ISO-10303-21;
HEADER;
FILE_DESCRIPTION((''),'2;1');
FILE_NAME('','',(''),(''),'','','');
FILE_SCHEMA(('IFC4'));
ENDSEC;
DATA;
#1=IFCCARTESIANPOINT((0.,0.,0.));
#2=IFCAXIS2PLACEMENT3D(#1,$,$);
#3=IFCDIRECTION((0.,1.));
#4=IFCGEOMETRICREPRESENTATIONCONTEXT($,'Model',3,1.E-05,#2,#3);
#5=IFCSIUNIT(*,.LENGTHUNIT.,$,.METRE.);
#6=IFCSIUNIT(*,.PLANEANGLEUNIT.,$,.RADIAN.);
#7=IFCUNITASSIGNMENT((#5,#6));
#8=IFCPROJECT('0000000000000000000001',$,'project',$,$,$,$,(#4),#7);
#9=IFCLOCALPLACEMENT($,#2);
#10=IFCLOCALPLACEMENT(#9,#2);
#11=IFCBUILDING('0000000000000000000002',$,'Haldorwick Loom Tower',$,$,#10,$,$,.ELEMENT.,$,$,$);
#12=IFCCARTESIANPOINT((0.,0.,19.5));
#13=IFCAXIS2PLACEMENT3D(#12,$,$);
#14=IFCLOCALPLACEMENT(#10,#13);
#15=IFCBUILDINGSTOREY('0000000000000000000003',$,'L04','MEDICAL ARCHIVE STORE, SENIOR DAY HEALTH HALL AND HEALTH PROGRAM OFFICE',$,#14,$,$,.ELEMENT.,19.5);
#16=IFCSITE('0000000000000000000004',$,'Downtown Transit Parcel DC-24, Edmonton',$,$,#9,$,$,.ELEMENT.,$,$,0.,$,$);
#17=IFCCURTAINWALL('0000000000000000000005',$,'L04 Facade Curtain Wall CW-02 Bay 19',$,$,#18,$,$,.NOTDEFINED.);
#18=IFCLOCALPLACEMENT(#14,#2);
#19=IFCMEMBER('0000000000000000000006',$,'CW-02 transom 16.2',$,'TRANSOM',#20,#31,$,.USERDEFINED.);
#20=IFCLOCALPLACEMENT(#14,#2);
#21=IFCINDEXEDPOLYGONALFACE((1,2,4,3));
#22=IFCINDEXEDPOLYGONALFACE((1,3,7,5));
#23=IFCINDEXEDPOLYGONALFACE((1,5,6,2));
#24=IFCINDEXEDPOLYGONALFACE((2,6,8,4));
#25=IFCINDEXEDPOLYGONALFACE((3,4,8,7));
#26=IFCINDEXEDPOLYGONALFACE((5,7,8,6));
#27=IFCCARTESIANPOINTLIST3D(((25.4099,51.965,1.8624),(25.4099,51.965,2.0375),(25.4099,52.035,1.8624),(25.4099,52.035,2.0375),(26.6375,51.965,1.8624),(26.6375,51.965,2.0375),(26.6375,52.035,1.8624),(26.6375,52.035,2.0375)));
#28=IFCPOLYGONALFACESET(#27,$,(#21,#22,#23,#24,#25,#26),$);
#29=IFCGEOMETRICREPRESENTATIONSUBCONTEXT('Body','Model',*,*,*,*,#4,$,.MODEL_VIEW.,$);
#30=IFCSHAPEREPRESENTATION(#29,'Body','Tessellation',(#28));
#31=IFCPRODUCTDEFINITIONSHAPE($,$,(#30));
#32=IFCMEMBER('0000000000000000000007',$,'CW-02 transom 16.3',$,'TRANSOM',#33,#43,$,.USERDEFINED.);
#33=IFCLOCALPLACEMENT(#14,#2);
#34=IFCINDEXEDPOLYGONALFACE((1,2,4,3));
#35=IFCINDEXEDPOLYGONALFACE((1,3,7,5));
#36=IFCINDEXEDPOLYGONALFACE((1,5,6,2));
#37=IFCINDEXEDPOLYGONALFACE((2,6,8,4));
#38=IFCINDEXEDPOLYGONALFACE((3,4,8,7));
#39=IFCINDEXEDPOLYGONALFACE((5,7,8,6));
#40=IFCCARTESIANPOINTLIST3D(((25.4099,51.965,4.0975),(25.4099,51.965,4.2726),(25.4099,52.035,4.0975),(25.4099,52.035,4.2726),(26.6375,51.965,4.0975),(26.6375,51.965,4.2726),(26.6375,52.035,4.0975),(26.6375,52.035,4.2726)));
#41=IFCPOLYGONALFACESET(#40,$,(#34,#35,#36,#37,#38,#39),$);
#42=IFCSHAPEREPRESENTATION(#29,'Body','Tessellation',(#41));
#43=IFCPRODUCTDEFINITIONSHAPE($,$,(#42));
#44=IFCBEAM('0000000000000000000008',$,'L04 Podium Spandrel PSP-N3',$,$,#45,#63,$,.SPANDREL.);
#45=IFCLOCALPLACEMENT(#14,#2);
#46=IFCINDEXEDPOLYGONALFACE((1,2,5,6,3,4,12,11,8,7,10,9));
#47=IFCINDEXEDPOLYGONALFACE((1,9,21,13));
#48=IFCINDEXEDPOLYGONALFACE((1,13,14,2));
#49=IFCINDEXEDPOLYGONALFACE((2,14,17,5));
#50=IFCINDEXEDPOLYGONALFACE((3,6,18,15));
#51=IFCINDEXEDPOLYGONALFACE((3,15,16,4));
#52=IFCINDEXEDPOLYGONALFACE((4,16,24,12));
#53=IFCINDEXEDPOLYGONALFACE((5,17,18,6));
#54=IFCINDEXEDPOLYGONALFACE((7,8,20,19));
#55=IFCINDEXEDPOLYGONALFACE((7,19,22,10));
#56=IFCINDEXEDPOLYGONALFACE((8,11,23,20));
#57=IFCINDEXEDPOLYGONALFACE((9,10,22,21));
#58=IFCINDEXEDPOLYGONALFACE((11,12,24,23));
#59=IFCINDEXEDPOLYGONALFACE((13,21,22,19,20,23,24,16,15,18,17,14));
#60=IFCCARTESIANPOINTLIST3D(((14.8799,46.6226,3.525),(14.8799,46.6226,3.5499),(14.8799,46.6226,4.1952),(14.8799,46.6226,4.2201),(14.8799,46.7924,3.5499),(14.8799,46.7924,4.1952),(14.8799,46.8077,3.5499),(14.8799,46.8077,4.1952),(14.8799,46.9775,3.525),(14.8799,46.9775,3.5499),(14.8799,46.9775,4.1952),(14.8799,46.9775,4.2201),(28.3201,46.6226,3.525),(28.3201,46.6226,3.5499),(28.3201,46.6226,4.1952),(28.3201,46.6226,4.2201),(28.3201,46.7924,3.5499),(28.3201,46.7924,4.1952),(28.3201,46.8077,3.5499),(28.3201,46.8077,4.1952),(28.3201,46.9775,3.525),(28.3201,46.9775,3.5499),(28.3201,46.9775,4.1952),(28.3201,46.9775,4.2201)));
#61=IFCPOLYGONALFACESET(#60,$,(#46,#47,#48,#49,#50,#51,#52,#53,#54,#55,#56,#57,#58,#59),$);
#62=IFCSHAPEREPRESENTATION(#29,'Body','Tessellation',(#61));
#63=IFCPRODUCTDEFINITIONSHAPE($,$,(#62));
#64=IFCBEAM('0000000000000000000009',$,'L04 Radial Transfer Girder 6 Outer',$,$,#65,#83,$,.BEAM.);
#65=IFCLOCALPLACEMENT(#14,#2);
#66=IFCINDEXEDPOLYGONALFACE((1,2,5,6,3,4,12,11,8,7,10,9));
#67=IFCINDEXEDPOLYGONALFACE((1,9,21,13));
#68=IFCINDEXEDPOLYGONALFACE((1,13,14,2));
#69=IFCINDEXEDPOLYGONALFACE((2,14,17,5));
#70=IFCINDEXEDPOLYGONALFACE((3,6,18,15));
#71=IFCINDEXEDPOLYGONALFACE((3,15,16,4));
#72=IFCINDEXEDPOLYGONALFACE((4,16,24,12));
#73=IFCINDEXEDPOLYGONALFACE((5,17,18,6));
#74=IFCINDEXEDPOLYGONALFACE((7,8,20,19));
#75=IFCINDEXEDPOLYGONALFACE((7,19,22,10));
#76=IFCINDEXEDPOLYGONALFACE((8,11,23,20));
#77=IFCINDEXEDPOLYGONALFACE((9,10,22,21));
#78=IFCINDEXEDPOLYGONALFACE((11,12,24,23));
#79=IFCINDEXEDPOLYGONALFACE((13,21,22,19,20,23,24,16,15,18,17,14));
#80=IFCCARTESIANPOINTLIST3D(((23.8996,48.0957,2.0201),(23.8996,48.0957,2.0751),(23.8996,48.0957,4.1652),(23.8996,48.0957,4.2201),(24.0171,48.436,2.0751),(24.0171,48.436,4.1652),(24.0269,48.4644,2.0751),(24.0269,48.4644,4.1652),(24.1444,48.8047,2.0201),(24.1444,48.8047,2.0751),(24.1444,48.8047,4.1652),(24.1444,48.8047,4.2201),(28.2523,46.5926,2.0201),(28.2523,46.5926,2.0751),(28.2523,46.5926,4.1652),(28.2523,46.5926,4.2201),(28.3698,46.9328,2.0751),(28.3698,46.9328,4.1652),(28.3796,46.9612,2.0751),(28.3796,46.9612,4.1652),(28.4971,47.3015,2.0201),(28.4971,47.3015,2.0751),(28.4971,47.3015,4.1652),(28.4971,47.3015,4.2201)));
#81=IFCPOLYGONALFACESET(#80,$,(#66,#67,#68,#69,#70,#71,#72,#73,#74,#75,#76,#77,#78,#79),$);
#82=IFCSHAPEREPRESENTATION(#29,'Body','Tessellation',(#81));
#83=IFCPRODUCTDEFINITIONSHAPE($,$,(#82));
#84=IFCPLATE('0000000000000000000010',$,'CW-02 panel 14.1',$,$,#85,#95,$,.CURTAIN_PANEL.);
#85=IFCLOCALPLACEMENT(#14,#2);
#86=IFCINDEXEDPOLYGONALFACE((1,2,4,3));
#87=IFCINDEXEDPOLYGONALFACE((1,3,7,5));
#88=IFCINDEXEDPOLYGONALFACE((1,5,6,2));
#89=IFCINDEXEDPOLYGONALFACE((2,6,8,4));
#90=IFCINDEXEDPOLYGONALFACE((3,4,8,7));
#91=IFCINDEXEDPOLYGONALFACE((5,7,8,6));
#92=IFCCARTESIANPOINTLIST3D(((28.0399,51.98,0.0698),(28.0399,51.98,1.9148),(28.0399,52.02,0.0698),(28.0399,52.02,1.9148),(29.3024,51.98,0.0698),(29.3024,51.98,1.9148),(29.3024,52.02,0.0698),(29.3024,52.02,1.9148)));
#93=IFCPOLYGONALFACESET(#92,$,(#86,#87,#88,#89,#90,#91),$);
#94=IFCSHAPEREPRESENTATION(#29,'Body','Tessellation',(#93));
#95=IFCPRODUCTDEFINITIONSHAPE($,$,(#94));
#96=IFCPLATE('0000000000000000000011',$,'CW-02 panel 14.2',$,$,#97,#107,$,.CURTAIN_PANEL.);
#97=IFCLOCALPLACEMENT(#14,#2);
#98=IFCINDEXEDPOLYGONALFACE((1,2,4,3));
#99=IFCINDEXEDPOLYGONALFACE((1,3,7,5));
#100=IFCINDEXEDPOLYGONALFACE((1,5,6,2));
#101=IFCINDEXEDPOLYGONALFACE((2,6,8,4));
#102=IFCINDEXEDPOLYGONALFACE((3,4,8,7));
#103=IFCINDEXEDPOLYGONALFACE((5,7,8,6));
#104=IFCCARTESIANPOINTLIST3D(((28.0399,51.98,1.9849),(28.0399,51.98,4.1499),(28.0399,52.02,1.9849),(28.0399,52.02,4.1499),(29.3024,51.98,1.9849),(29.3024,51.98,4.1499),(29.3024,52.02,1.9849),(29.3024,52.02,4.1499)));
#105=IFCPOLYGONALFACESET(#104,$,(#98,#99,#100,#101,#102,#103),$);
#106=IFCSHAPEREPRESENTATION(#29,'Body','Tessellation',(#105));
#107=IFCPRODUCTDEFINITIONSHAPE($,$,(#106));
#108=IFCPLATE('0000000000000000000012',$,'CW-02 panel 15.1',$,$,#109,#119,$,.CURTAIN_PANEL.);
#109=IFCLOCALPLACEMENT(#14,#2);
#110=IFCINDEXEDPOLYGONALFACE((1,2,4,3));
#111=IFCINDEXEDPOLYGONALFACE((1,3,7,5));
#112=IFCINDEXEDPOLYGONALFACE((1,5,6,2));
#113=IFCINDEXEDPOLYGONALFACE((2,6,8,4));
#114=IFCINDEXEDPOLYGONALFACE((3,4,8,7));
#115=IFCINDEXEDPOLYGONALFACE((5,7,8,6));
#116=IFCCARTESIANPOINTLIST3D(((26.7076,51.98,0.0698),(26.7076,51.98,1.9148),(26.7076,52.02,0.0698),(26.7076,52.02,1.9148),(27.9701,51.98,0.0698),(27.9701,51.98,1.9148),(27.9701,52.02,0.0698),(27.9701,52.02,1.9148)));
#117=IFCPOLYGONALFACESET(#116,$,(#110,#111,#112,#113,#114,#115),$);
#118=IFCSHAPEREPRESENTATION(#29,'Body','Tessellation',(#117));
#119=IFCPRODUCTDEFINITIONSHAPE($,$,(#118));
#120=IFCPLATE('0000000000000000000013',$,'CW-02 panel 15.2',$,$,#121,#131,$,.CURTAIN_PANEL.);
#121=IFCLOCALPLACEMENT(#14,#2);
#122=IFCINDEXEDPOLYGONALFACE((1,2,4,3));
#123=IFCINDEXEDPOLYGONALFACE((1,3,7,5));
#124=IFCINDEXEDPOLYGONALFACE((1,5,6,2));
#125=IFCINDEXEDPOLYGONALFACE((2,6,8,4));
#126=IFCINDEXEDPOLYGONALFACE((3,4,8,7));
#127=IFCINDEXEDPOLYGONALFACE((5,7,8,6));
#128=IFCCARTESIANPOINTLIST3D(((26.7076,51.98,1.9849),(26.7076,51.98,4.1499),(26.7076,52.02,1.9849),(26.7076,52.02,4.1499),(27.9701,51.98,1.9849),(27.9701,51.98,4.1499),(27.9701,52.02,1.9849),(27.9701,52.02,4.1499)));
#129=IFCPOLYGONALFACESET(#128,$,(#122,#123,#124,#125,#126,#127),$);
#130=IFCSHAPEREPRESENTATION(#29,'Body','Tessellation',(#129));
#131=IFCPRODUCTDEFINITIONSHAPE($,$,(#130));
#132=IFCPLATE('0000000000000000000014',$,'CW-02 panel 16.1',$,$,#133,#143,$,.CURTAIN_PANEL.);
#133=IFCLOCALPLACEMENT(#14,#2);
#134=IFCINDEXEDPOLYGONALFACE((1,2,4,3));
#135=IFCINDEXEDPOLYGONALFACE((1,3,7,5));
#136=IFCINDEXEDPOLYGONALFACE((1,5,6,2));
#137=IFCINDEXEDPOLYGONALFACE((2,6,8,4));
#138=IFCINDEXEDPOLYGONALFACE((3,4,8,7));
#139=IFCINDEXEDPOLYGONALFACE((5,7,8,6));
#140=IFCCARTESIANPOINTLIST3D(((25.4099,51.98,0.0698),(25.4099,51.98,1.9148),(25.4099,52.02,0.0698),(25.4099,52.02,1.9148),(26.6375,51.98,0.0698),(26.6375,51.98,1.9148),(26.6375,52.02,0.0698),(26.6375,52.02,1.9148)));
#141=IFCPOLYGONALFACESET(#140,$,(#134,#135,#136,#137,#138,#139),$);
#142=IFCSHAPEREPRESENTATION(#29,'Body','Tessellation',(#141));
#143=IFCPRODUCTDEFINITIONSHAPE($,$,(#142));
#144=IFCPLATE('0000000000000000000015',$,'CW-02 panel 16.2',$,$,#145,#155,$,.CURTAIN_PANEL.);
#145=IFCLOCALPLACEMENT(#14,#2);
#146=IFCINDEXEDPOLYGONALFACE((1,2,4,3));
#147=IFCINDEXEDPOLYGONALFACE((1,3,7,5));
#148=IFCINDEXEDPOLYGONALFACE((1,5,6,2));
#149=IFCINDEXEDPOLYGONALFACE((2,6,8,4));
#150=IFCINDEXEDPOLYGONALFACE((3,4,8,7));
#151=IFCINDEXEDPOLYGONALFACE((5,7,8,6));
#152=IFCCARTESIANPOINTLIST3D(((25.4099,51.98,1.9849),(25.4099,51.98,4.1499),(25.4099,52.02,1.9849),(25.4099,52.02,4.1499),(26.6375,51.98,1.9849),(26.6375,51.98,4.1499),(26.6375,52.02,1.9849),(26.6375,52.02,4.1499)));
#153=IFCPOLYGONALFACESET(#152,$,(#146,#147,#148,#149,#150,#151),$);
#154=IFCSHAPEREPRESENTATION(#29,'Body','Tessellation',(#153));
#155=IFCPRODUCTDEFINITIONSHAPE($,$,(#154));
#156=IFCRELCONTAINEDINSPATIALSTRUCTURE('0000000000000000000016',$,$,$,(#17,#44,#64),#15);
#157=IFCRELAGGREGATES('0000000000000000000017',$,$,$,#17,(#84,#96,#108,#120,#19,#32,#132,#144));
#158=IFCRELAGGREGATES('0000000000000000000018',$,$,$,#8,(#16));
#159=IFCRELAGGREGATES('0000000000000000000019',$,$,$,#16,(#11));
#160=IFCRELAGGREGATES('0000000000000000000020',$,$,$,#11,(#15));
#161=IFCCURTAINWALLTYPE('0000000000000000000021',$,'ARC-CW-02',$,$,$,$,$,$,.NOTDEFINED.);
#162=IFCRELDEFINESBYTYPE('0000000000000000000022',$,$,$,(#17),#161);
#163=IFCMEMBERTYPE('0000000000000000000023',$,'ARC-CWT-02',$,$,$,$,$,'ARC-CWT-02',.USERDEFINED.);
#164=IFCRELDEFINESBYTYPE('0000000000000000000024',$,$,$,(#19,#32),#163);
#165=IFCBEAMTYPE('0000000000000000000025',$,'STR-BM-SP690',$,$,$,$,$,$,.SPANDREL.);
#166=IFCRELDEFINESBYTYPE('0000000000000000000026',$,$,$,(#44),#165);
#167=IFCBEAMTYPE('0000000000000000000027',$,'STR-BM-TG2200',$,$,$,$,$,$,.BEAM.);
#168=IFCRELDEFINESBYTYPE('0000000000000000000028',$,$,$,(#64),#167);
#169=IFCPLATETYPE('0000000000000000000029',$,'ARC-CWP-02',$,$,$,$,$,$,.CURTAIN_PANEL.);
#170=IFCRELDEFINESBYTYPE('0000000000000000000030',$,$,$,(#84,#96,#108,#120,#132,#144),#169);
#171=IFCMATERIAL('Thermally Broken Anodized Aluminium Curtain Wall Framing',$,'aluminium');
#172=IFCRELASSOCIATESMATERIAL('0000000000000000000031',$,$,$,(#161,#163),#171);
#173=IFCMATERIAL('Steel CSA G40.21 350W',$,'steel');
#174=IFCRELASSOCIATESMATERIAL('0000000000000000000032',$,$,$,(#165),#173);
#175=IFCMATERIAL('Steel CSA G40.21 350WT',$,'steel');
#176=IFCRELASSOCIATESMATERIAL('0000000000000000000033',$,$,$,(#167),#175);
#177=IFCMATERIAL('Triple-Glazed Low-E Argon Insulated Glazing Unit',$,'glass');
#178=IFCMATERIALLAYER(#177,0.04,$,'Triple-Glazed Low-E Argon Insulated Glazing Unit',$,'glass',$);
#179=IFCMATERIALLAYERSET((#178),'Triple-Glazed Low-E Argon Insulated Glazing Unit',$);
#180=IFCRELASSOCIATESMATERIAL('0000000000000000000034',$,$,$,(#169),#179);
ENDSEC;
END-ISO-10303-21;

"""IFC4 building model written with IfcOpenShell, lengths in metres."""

from ifc_helpers import new_model, si_unit, direction, frame, origin, origin_2d, place, context, subcontext, project, spatial, rectangle, i_section, extrude, material, layer, layer_set, material_profile, profile_set, type_object, element, aggregate, save


model = new_model("IFC4")

# Units and contexts
model_context = context("Model", 3, precision=1e-05, world=origin(), true_north=direction((0.0, 1.0)))
body_context = subcontext(model_context, "Body", "Model", "MODEL_VIEW")
ifc_project = project(units=[si_unit("LENGTHUNIT", "METRE"), si_unit("PLANEANGLEUNIT", "RADIAN")], contexts=[model_context])

# Site, building, storey
site_placement = place(None, origin())
site = spatial("IfcSite", under=ifc_project, at=site_placement, Name="Downtown Transit Parcel DC-24, Edmonton", CompositionType="ELEMENT", RefElevation=0.0)
building_placement = place(site_placement, origin())
building = spatial("IfcBuilding", under=site, at=building_placement, Name="Haldorwick Loom Tower", CompositionType="ELEMENT")
storey_placement = place(building_placement, frame((0.0, 0.0, 19.5)))
storey = spatial("IfcBuildingStorey", under=building, at=storey_placement, Name="L04", Description="MEDICAL ARCHIVE STORE, SENIOR DAY HEALTH HALL AND HEALTH PROGRAM OFFICE", CompositionType="ELEMENT", Elevation=19.5)

# Shared definitions
ifc_material_1 = material(Name="Steel CSA G40.21 350WT", Category="steel")

# Curtain wall, members
ifc_material_2 = material(Name="Thermally Broken Anodized Aluminium Curtain Wall Framing", Category="aluminium")
curtain_wall_type = type_object("IfcCurtainWallType", Name="ARC-CW-02", PredefinedType="NOTDEFINED", material=ifc_material_2)
curtain_wall_placement = place(storey_placement, origin())
curtain_wall = element("IfcCurtainWall", 1, at=curtain_wall_placement, inside=storey, type_object=curtain_wall_type, Name="L04 Facade Curtain Wall CW-02 Bay 19", PredefinedType="NOTDEFINED")
ifc_material_profile_1 = material_profile(ifc_material_2, rectangle(XDim=0.0701, YDim=0.175, at=origin_2d()), Name="ALU_TRN_70X175", Category="aluminium")
ifc_profile_set_1 = profile_set([ifc_material_profile_1], Name="Thermally Broken Anodized Aluminium Curtain Wall Framing")
member_type_1 = type_object("IfcMemberType", Name="ARC-CWT-02", ElementType="ARC-CWT-02", PredefinedType="USERDEFINED", material=ifc_profile_set_1)
member_1_placement = place(storey_placement, frame((26.6375, 52.0, 1.95), z_axis=(-1.0, 0.0, 0.0), x_axis=(0.0, -1.0, 0.0)))
member_1 = element("IfcMember", 2, at=member_1_placement, type_object=member_type_1, Name="CW-02 transom 16.2", ObjectType="TRANSOM", PredefinedType="USERDEFINED", context=body_context, shape_type="SweptSolid", body=[
    extrude(rectangle(XDim=0.0701, YDim=0.175, at=origin_2d()), origin(), (0.0, 0.0, 1.0), 1.2275),
])
member_2_placement = place(storey_placement, frame((26.6375, 52.0, 4.1851), z_axis=(-1.0, 0.0, 0.0), x_axis=(0.0, -1.0, 0.0)))
member_2 = element("IfcMember", 3, at=member_2_placement, type_object=member_type_1, Name="CW-02 transom 16.3", ObjectType="TRANSOM", PredefinedType="USERDEFINED", context=body_context, shape_type="SweptSolid", body=[
    extrude(rectangle(XDim=0.0701, YDim=0.175, at=origin_2d()), origin(), (0.0, 0.0, 1.0), 1.2275),
])

# Beams
ifc_material_3 = material(Name="Steel CSA G40.21 350W", Category="steel")
ifc_material_profile_2 = material_profile(ifc_material_3, i_section(OverallWidth=0.355, OverallDepth=0.6951, WebThickness=0.0154, FlangeThickness=0.0249, at=origin_2d()), Name="W690X217", Category="steel")
ifc_profile_set_2 = profile_set([ifc_material_profile_2], Name="Steel CSA G40.21 350W")
beam_type_1 = type_object("IfcBeamType", Name="STR-BM-SP690", PredefinedType="SPANDREL", material=ifc_profile_set_2)
beam_1_placement = place(storey_placement, frame((28.3201, 46.8, 3.8726), z_axis=(-1.0, 0.0, 0.0), x_axis=(0.0, -1.0, 0.0)))
element("IfcBeam", 4, at=beam_1_placement, inside=storey, type_object=beam_type_1, Name="L04 Podium Spandrel PSP-N3", PredefinedType="SPANDREL", context=body_context, shape_type="SweptSolid", body=[
    extrude(i_section(OverallWidth=0.355, OverallDepth=0.6951, WebThickness=0.0154, FlangeThickness=0.0249, at=origin_2d()), origin(), (0.0, 0.0, 1.0), 13.4402),
])
ifc_material_profile_3 = material_profile(ifc_material_1, i_section(OverallWidth=0.75, OverallDepth=2.2, WebThickness=0.03, FlangeThickness=0.0549, at=origin_2d()), Name="WWF2200X750", Category="steel")
ifc_profile_set_3 = profile_set([ifc_material_profile_3], Name="Steel CSA G40.21 350WT")
beam_type_2 = type_object("IfcBeamType", Name="STR-BM-TG2200", PredefinedType="BEAM", material=ifc_profile_set_3)
beam_2_placement = place(storey_placement, frame((24.022, 48.4502, 3.1201), z_axis=(0.945225, -0.32642, 0.0), x_axis=(0.32642, 0.945225, 0.0)))
element("IfcBeam", 5, at=beam_2_placement, inside=storey, type_object=beam_type_2, Name="L04 Radial Transfer Girder 6 Outer", PredefinedType="BEAM", context=body_context, shape_type="SweptSolid", body=[
    extrude(i_section(OverallWidth=0.75, OverallDepth=2.2, WebThickness=0.03, FlangeThickness=0.0549, at=origin_2d()), origin(), (0.0, 0.0, 1.0), 4.605),
])

# Plates
ifc_material_4 = material(Name="Triple-Glazed Low-E Argon Insulated Glazing Unit", Category="glass")
ifc_layer_1 = layer(ifc_material_4, 0.04, Name="Triple-Glazed Low-E Argon Insulated Glazing Unit", Category="glass")
ifc_layer_set_1 = layer_set([ifc_layer_1], Name="Triple-Glazed Low-E Argon Insulated Glazing Unit")
plate_type = type_object("IfcPlateType", Name="ARC-CWP-02", PredefinedType="CURTAIN_PANEL", material=ifc_layer_set_1)
plate_1_placement = place(storey_placement, frame((28.6711, 52.0, 0.0698), z_axis=(0.0, 0.0, 1.0), x_axis=(-1.0, 0.0, 0.0)))
plate_1 = element("IfcPlate", 6, at=plate_1_placement, type_object=plate_type, Name="CW-02 panel 14.1", PredefinedType="CURTAIN_PANEL", context=body_context, shape_type="SweptSolid", body=[
    extrude(rectangle(XDim=1.2625, YDim=0.04, at=origin_2d()), origin(), (0.0, 0.0, 1.0), 1.845),
])
plate_2_placement = place(storey_placement, frame((28.6711, 52.0, 1.9849), z_axis=(0.0, 0.0, 1.0), x_axis=(-1.0, 0.0, 0.0)))
plate_2 = element("IfcPlate", 7, at=plate_2_placement, type_object=plate_type, Name="CW-02 panel 14.2", PredefinedType="CURTAIN_PANEL", context=body_context, shape_type="SweptSolid", body=[
    extrude(rectangle(XDim=1.2625, YDim=0.04, at=origin_2d()), origin(), (0.0, 0.0, 1.0), 2.165),
])
plate_3_placement = place(storey_placement, frame((27.3389, 52.0, 0.0698), z_axis=(0.0, 0.0, 1.0), x_axis=(-1.0, 0.0, 0.0)))
plate_3 = element("IfcPlate", 8, at=plate_3_placement, type_object=plate_type, Name="CW-02 panel 15.1", PredefinedType="CURTAIN_PANEL", context=body_context, shape_type="SweptSolid", body=[
    extrude(rectangle(XDim=1.2625, YDim=0.04, at=origin_2d()), origin(), (0.0, 0.0, 1.0), 1.845),
])
plate_4_placement = place(storey_placement, frame((27.3389, 52.0, 1.9849), z_axis=(0.0, 0.0, 1.0), x_axis=(-1.0, 0.0, 0.0)))
plate_4 = element("IfcPlate", 9, at=plate_4_placement, type_object=plate_type, Name="CW-02 panel 15.2", PredefinedType="CURTAIN_PANEL", context=body_context, shape_type="SweptSolid", body=[
    extrude(rectangle(XDim=1.2625, YDim=0.04, at=origin_2d()), origin(), (0.0, 0.0, 1.0), 2.165),
])
plate_5_placement = place(storey_placement, frame((26.0237, 52.0, 0.0698), z_axis=(0.0, 0.0, 1.0), x_axis=(-1.0, 0.0, 0.0)))
plate_5 = element("IfcPlate", 10, at=plate_5_placement, type_object=plate_type, Name="CW-02 panel 16.1", PredefinedType="CURTAIN_PANEL", context=body_context, shape_type="SweptSolid", body=[
    extrude(rectangle(XDim=1.2275, YDim=0.04, at=origin_2d()), origin(), (0.0, 0.0, 1.0), 1.845),
])
plate_6_placement = place(storey_placement, frame((26.0237, 52.0, 1.9849), z_axis=(0.0, 0.0, 1.0), x_axis=(-1.0, 0.0, 0.0)))
plate_6 = element("IfcPlate", 11, at=plate_6_placement, type_object=plate_type, Name="CW-02 panel 16.2", PredefinedType="CURTAIN_PANEL", context=body_context, shape_type="SweptSolid", body=[
    extrude(rectangle(XDim=1.2275, YDim=0.04, at=origin_2d()), origin(), (0.0, 0.0, 1.0), 2.165),
])
aggregate(curtain_wall, [plate_1, plate_2, plate_3, plate_4, member_1, member_2, plate_5, plate_6])

save(model, "model.ifc")
